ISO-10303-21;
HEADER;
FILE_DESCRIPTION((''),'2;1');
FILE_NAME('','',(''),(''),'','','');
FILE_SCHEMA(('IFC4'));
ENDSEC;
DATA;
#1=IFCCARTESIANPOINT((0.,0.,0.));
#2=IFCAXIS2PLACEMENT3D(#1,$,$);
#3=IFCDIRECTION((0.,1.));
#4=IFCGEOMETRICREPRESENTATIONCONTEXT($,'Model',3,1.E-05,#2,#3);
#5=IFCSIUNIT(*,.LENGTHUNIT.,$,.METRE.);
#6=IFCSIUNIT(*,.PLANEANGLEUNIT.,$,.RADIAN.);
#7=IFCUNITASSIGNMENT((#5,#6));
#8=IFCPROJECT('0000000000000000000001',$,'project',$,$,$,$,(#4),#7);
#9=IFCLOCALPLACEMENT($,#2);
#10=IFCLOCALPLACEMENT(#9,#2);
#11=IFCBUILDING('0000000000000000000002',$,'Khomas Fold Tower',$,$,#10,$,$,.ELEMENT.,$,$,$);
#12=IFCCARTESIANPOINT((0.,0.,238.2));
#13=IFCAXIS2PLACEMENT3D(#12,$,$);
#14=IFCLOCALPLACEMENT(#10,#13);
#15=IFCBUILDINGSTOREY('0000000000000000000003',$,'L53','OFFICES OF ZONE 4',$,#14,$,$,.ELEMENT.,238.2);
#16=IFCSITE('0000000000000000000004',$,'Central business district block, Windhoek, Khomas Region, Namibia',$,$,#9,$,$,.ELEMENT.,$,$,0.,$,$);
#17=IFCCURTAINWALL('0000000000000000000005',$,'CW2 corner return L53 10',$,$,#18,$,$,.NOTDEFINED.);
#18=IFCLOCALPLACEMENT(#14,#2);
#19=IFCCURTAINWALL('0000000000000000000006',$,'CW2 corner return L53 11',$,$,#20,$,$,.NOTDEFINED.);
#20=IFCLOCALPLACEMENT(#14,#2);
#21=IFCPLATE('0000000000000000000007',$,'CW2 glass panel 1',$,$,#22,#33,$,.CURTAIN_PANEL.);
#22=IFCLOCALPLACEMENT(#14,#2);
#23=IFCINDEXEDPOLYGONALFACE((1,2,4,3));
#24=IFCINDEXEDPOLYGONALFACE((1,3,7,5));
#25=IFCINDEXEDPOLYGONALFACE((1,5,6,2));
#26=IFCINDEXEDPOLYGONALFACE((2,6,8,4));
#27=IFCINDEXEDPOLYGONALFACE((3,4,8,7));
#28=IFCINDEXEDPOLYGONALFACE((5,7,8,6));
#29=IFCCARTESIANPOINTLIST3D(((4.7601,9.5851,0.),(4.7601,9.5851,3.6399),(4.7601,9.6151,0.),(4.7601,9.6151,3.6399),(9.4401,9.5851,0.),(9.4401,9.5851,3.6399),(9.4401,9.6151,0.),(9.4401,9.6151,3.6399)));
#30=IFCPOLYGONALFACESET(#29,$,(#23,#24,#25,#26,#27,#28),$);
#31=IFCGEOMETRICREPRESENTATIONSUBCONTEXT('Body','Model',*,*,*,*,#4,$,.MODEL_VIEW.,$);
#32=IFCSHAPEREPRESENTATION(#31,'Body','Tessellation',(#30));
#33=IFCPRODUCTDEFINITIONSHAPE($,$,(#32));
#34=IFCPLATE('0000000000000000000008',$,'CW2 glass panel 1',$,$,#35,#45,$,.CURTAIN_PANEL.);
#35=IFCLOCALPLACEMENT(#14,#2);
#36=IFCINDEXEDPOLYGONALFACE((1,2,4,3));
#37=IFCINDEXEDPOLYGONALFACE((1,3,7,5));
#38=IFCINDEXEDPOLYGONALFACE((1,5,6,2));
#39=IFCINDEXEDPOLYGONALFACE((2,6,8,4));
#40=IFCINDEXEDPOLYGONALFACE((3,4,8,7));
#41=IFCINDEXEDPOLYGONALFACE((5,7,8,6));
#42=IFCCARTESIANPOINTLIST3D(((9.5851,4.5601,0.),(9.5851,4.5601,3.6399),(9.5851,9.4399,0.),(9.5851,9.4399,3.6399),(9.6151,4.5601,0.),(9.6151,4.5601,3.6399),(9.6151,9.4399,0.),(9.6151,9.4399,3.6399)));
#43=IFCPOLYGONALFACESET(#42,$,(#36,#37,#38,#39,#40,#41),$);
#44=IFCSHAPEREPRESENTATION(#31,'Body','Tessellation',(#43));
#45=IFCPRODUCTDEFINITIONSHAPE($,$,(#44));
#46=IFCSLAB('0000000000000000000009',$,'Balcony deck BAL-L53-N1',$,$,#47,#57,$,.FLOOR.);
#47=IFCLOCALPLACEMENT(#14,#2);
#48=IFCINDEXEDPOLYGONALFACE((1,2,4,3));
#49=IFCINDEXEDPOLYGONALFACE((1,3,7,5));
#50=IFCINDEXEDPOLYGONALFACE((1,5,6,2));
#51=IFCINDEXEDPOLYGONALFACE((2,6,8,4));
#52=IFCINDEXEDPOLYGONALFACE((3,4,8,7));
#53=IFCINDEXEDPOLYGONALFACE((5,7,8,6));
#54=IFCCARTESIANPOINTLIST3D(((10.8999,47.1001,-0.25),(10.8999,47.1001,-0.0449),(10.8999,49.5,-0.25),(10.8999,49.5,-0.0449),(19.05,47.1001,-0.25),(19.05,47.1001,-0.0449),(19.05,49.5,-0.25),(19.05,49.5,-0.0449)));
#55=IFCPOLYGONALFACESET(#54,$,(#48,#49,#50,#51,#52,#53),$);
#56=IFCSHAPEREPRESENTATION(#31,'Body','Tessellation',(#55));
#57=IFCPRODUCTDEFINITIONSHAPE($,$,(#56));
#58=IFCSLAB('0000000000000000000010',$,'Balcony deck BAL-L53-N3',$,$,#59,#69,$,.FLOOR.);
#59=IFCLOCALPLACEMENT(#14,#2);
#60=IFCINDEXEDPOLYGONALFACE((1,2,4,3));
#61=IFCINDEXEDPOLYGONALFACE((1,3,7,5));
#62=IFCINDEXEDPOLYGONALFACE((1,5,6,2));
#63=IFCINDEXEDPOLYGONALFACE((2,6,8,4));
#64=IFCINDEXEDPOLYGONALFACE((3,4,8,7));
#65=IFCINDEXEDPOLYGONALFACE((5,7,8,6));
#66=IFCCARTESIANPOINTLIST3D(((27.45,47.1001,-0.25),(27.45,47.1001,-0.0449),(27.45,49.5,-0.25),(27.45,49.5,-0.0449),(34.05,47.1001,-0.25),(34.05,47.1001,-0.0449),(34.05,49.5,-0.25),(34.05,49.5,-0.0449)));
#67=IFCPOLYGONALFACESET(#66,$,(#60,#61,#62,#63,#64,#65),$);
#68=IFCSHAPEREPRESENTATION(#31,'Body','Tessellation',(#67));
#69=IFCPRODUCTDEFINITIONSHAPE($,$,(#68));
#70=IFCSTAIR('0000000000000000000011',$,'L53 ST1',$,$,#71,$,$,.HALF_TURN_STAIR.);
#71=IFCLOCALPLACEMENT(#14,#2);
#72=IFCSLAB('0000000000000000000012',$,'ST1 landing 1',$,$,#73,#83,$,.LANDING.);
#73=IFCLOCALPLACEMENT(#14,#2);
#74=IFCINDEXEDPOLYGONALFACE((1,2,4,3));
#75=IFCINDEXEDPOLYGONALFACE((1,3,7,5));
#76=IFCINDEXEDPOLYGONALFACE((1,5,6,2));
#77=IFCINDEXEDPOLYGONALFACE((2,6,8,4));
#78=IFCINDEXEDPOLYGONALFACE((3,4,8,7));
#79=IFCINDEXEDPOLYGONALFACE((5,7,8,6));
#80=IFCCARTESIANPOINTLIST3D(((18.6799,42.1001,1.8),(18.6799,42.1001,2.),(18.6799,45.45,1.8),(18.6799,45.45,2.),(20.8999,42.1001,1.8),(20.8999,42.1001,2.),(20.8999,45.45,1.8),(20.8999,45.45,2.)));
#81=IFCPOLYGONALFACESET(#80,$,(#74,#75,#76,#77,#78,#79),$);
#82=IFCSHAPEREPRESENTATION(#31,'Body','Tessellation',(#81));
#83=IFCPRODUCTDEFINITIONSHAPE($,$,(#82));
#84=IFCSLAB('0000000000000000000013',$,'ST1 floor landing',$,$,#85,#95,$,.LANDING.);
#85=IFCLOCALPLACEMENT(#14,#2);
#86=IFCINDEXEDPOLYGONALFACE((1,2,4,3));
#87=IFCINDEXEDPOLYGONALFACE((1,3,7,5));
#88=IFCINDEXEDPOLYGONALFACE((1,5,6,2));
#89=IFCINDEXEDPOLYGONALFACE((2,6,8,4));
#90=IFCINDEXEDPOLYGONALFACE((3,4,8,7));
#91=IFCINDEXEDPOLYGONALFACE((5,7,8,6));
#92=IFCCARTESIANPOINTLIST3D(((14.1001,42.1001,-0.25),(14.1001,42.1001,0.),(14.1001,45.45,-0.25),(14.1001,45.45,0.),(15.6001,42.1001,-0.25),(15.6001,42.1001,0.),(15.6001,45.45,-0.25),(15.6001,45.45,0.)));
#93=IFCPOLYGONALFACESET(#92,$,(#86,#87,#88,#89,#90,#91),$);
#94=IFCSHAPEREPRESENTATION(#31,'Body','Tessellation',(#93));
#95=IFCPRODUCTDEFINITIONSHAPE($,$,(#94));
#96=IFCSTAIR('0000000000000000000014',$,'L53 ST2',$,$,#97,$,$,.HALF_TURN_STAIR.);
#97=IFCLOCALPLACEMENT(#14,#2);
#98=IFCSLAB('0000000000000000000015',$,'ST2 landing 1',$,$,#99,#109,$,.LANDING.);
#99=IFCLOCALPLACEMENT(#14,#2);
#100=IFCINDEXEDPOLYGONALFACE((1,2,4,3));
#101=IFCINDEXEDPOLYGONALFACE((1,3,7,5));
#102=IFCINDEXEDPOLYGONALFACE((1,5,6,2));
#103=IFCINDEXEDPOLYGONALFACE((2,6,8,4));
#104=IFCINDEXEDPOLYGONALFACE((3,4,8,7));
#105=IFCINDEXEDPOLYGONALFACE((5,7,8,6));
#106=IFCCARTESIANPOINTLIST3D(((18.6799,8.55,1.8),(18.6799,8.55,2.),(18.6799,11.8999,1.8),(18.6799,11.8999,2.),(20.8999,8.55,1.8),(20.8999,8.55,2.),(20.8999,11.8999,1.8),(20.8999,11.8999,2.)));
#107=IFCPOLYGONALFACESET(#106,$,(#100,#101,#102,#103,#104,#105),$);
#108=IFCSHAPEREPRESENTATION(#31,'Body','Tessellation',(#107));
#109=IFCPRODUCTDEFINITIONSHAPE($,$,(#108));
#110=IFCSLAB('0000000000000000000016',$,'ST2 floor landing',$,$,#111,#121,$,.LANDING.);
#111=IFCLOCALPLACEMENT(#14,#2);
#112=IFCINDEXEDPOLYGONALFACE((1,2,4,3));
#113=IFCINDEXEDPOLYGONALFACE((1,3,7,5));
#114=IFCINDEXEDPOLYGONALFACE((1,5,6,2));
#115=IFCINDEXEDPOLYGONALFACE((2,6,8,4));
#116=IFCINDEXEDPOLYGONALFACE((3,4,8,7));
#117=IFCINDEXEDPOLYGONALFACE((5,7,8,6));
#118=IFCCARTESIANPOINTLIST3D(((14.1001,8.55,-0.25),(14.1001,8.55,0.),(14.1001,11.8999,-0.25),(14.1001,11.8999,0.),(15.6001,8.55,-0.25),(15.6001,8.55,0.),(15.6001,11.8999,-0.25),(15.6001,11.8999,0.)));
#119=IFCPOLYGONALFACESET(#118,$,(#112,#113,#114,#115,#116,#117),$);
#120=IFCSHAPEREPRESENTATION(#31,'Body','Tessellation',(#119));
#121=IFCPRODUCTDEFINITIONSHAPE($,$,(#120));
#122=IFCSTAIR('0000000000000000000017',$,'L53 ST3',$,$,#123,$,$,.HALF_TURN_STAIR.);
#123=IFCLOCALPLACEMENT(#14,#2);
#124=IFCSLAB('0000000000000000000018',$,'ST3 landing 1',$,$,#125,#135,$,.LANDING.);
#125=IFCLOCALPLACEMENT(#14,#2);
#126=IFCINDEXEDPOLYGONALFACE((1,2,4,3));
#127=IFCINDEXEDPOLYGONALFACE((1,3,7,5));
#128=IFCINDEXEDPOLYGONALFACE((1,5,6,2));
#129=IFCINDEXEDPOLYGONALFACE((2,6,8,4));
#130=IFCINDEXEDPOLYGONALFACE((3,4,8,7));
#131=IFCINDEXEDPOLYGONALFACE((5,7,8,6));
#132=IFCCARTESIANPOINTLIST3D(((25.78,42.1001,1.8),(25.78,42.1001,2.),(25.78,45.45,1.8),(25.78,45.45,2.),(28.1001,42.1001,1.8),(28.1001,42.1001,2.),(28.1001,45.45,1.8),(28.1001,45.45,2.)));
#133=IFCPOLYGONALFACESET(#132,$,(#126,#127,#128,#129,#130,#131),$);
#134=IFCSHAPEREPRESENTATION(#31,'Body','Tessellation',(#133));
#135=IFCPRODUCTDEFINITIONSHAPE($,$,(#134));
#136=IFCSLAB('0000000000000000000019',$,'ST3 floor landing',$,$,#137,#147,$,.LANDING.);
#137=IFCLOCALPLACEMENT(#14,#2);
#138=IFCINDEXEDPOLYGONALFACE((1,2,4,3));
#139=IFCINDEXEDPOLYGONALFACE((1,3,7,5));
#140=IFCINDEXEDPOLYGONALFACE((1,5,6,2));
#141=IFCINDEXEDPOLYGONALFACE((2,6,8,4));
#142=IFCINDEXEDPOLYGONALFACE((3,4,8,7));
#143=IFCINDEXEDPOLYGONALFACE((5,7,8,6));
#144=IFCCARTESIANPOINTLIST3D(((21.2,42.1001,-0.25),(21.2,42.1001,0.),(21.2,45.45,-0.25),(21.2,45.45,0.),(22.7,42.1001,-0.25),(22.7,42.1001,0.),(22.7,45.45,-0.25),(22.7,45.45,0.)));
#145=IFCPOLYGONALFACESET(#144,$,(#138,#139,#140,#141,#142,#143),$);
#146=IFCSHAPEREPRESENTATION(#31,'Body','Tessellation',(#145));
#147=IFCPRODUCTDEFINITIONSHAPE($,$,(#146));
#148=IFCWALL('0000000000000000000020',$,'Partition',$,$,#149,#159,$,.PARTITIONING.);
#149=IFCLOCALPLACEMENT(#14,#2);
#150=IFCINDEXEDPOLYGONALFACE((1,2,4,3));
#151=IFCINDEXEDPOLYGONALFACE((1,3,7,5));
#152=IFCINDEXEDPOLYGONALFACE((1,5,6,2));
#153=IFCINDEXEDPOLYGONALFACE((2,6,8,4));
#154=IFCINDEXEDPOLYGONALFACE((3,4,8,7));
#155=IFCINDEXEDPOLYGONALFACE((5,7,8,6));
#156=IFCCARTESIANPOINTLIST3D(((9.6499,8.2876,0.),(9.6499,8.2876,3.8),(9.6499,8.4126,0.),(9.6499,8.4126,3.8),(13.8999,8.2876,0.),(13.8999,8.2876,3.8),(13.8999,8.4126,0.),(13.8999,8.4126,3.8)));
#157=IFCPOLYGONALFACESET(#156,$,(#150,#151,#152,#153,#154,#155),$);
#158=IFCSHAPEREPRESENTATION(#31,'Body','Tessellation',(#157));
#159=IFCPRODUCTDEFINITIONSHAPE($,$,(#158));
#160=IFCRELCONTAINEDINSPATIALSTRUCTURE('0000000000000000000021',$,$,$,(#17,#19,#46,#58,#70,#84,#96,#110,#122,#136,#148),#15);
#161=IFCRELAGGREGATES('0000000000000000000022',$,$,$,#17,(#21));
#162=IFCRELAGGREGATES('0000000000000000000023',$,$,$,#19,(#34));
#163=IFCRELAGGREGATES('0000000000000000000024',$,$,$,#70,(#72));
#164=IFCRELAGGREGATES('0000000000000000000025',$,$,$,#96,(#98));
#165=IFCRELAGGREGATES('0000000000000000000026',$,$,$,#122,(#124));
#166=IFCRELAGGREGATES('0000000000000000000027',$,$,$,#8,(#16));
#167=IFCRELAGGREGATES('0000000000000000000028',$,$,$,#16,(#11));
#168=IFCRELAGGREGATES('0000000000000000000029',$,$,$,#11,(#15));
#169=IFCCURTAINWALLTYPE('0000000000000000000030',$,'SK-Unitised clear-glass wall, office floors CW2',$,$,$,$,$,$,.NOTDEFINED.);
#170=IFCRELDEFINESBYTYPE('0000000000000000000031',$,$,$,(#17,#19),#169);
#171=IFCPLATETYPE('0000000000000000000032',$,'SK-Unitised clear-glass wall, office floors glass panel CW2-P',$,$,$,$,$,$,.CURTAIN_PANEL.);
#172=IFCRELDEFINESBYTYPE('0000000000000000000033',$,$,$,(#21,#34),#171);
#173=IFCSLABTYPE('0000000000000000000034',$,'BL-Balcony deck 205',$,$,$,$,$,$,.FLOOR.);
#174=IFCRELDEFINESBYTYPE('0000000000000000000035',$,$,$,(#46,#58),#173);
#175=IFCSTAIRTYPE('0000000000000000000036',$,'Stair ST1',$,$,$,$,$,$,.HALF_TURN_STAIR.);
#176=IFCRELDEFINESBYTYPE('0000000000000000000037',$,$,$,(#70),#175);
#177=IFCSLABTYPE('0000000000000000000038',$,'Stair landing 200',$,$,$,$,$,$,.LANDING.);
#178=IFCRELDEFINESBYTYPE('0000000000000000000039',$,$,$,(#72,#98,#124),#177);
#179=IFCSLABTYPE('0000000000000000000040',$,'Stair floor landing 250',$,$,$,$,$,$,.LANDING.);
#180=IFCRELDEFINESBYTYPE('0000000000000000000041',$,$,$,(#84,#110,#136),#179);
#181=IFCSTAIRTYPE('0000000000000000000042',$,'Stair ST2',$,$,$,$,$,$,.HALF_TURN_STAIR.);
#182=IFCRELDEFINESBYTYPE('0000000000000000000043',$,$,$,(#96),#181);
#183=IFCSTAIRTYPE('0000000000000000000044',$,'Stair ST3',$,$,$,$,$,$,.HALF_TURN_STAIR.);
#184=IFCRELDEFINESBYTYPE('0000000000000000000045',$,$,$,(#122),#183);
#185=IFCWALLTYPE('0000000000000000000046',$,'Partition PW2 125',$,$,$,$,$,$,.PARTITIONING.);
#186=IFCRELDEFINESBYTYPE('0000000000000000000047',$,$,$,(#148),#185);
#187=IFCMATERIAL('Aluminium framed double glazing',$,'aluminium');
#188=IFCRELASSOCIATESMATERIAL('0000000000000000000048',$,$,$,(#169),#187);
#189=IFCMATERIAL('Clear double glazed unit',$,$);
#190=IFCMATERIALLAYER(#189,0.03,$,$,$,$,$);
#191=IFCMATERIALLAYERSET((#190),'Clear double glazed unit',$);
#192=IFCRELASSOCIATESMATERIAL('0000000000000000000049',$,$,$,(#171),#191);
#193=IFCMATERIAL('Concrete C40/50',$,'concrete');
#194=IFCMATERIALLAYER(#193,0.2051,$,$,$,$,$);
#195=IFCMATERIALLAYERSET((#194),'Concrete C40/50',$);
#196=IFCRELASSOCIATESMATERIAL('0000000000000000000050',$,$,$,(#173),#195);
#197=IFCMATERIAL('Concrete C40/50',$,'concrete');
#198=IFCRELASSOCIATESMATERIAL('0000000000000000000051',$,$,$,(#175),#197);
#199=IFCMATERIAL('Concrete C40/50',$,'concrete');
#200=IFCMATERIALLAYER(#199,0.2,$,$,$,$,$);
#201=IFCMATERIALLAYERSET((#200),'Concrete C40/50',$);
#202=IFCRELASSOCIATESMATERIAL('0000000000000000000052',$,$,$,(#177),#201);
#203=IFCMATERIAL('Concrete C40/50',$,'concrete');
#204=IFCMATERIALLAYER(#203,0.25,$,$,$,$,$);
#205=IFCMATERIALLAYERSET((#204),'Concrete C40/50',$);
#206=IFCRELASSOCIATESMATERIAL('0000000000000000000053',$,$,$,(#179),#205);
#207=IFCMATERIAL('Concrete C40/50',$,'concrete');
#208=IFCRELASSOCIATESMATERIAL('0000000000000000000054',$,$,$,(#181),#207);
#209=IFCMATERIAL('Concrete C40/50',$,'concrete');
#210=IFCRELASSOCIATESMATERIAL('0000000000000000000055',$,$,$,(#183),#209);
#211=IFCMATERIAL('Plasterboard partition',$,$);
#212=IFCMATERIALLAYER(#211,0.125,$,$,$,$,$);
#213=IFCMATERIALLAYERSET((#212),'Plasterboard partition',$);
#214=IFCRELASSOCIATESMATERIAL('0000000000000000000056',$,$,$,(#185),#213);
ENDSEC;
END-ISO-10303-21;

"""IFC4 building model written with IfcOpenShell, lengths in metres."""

from ifc_helpers import new_model, si_unit, direction, frame, frame_2d, origin, origin_2d, place, context, subcontext, project, spatial, polyline, rectangle, outline, extrude, source, transform, mapped, material, layer, layer_set, type_object, element, aggregate, save


model = new_model("IFC4")

# Units and contexts
model_context = context("Model", 3, precision=1e-05, world=origin(), true_north=direction((0.0, 1.0)))
body_context = subcontext(model_context, "Body", "Model", "MODEL_VIEW")
ifc_project = project(units=[si_unit("LENGTHUNIT", "METRE"), si_unit("PLANEANGLEUNIT", "RADIAN")], contexts=[model_context])

# Site, building, storey
site_placement = place(None, origin())
site = spatial("IfcSite", under=ifc_project, at=site_placement, Name="Central business district block, Windhoek, Khomas Region, Namibia", CompositionType="ELEMENT", RefElevation=0.0)
building_placement = place(site_placement, origin())
building = spatial("IfcBuilding", under=site, at=building_placement, Name="Khomas Fold Tower", CompositionType="ELEMENT")
storey_placement = place(building_placement, frame((0.0, 0.0, 238.2)))
storey = spatial("IfcBuildingStorey", under=building, at=storey_placement, Name="L53", Description="OFFICES OF ZONE 4", CompositionType="ELEMENT", Elevation=238.2)

# Shared definitions
ifc_material_1 = material(Name="Aluminium framed double glazing", Category="aluminium")
curtain_wall_type = type_object("IfcCurtainWallType", Name="SK-Unitised clear-glass wall, office floors CW2", PredefinedType="NOTDEFINED", material=ifc_material_1)

# Curtain walls
curtain_wall_1_placement = place(storey_placement, origin())
curtain_wall_1 = element("IfcCurtainWall", 1, at=curtain_wall_1_placement, inside=storey, type_object=curtain_wall_type, Name="CW2 corner return L53 10", PredefinedType="NOTDEFINED")
curtain_wall_2_placement = place(storey_placement, origin())
curtain_wall_2 = element("IfcCurtainWall", 2, at=curtain_wall_2_placement, inside=storey, type_object=curtain_wall_type, Name="CW2 corner return L53 11", PredefinedType="NOTDEFINED")

# Plates
ifc_material_2 = material(Name="Clear double glazed unit")
ifc_layer_1 = layer(ifc_material_2, 0.03)
ifc_layer_set_1 = layer_set([ifc_layer_1], Name="Clear double glazed unit")
plate_type = type_object("IfcPlateType", Name="SK-Unitised clear-glass wall, office floors glass panel CW2-P", PredefinedType="CURTAIN_PANEL", material=ifc_layer_set_1)
shared_shape_1 = source(origin(), body_context, "Body", "SweptSolid", [
    extrude(rectangle(XDim=4.6799, YDim=0.03, at=origin_2d()), origin(), (0.0, 0.0, 1.0), 3.6399),
])
plate_1_placement = place(storey_placement, frame((7.1001, 9.6001, 0.0), z_axis=(0.0, 0.0, 1.0), x_axis=(1.0, 0.0, 0.0)))
plate_1 = element("IfcPlate", 3, at=plate_1_placement, type_object=plate_type, Name="CW2 glass panel 1", PredefinedType="CURTAIN_PANEL", context=body_context, shape_type="MappedRepresentation", body=[
    mapped(shared_shape_1, transform((0.0, 0.0, 0.0))),
])
aggregate(curtain_wall_1, [plate_1])
shared_shape_2 = source(origin(), body_context, "Body", "SweptSolid", [
    extrude(rectangle(XDim=4.8799, YDim=0.03, at=origin_2d()), origin(), (0.0, 0.0, 1.0), 3.6399),
])
plate_2_placement = place(storey_placement, frame((9.6001, 7.0, 0.0), z_axis=(0.0, 0.0, 1.0), x_axis=(0.0, -1.0, 0.0)))
plate_2 = element("IfcPlate", 4, at=plate_2_placement, type_object=plate_type, Name="CW2 glass panel 1", PredefinedType="CURTAIN_PANEL", context=body_context, shape_type="MappedRepresentation", body=[
    mapped(shared_shape_2, transform((0.0, 0.0, 0.0))),
])
aggregate(curtain_wall_2, [plate_2])

# Slabs
ifc_material_3 = material(Name="Concrete C40/50", Category="concrete")
ifc_layer_2 = layer(ifc_material_3, 0.2051)
ifc_layer_set_2 = layer_set([ifc_layer_2], Name="Concrete C40/50")
slab_type_1 = type_object("IfcSlabType", Name="BL-Balcony deck 205", PredefinedType="FLOOR", material=ifc_layer_set_2)
shared_shape_3 = source(origin(), body_context, "Body", "SweptSolid", [
    extrude(outline(polyline([(10.8999, 47.1001), (19.05, 47.1001), (19.05, 49.5), (10.8999, 49.5), (10.8999, 47.1001)])), origin(), (0.0, 0.0, 1.0), 0.2051),
])
slab_1_placement = place(storey_placement, frame((0.0, 0.0, -0.25)))
element("IfcSlab", 5, at=slab_1_placement, inside=storey, type_object=slab_type_1, Name="Balcony deck BAL-L53-N1", PredefinedType="FLOOR", context=body_context, shape_type="MappedRepresentation", body=[
    mapped(shared_shape_3, transform((0.0, 0.0, 0.0))),
])
shared_shape_4 = source(origin(), body_context, "Body", "SweptSolid", [
    extrude(outline(polyline([(27.45, 47.1001), (34.05, 47.1001), (34.05, 49.5), (27.45, 49.5), (27.45, 47.1001)])), origin(), (0.0, 0.0, 1.0), 0.2051),
])
slab_2_placement = place(storey_placement, frame((0.0, 0.0, -0.25)))
element("IfcSlab", 6, at=slab_2_placement, inside=storey, type_object=slab_type_1, Name="Balcony deck BAL-L53-N3", PredefinedType="FLOOR", context=body_context, shape_type="MappedRepresentation", body=[
    mapped(shared_shape_4, transform((0.0, 0.0, 0.0))),
])

# Stair, slab
ifc_material_4 = material(Name="Concrete C40/50", Category="concrete")
stair_type_1 = type_object("IfcStairType", Name="Stair ST1", PredefinedType="HALF_TURN_STAIR", material=ifc_material_4)
stair_1_placement = place(storey_placement, origin())
stair_1 = element("IfcStair", 7, at=stair_1_placement, inside=storey, type_object=stair_type_1, Name="L53 ST1", PredefinedType="HALF_TURN_STAIR")
ifc_material_5 = material(Name="Concrete C40/50", Category="concrete")
ifc_layer_3 = layer(ifc_material_5, 0.2)
ifc_layer_set_3 = layer_set([ifc_layer_3], Name="Concrete C40/50")
slab_type_2 = type_object("IfcSlabType", Name="Stair landing 200", PredefinedType="LANDING", material=ifc_layer_set_3)
shared_shape_5 = source(origin(), body_context, "Body", "SweptSolid", [
    extrude(outline(polyline([(18.6799, 42.1001), (20.8999, 42.1001), (20.8999, 45.45), (18.6799, 45.45), (18.6799, 42.1001)])), origin(), (0.0, 0.0, 1.0), 0.2),
])
slab_3_placement = place(storey_placement, frame((0.0, 0.0, 1.8)))
slab_3 = element("IfcSlab", 8, at=slab_3_placement, type_object=slab_type_2, Name="ST1 landing 1", PredefinedType="LANDING", context=body_context, shape_type="MappedRepresentation", body=[
    mapped(shared_shape_5, transform((0.0, 0.0, 0.0))),
])
aggregate(stair_1, [slab_3])

# Slab
ifc_material_6 = material(Name="Concrete C40/50", Category="concrete")
ifc_layer_4 = layer(ifc_material_6, 0.25)
ifc_layer_set_4 = layer_set([ifc_layer_4], Name="Concrete C40/50")
slab_type_3 = type_object("IfcSlabType", Name="Stair floor landing 250", PredefinedType="LANDING", material=ifc_layer_set_4)
shared_shape_6 = source(origin(), body_context, "Body", "SweptSolid", [
    extrude(outline(polyline([(15.6001, 42.1001), (14.1001, 42.1001), (14.1001, 45.45), (15.6001, 45.45), (15.6001, 42.1001)])), origin(), (0.0, 0.0, 1.0), 0.25),
])
slab_4_placement = place(storey_placement, frame((0.0, 0.0, -0.25)))
element("IfcSlab", 9, at=slab_4_placement, inside=storey, type_object=slab_type_3, Name="ST1 floor landing", PredefinedType="LANDING", context=body_context, shape_type="MappedRepresentation", body=[
    mapped(shared_shape_6, transform((0.0, 0.0, 0.0))),
])

# Stair, slab
ifc_material_7 = material(Name="Concrete C40/50", Category="concrete")
stair_type_2 = type_object("IfcStairType", Name="Stair ST2", PredefinedType="HALF_TURN_STAIR", material=ifc_material_7)
stair_2_placement = place(storey_placement, origin())
stair_2 = element("IfcStair", 10, at=stair_2_placement, inside=storey, type_object=stair_type_2, Name="L53 ST2", PredefinedType="HALF_TURN_STAIR")
shared_shape_7 = source(origin(), body_context, "Body", "SweptSolid", [
    extrude(outline(polyline([(18.6799, 8.55), (20.8999, 8.55), (20.8999, 11.8999), (18.6799, 11.8999), (18.6799, 8.55)])), origin(), (0.0, 0.0, 1.0), 0.2),
])
slab_5_placement = place(storey_placement, frame((0.0, 0.0, 1.8)))
slab_5 = element("IfcSlab", 11, at=slab_5_placement, type_object=slab_type_2, Name="ST2 landing 1", PredefinedType="LANDING", context=body_context, shape_type="MappedRepresentation", body=[
    mapped(shared_shape_7, transform((0.0, 0.0, 0.0))),
])
aggregate(stair_2, [slab_5])

# Slab
shared_shape_8 = source(origin(), body_context, "Body", "SweptSolid", [
    extrude(outline(polyline([(15.6001, 8.55), (14.1001, 8.55), (14.1001, 11.8999), (15.6001, 11.8999), (15.6001, 8.55)])), origin(), (0.0, 0.0, 1.0), 0.25),
])
slab_6_placement = place(storey_placement, frame((0.0, 0.0, -0.25)))
element("IfcSlab", 12, at=slab_6_placement, inside=storey, type_object=slab_type_3, Name="ST2 floor landing", PredefinedType="LANDING", context=body_context, shape_type="MappedRepresentation", body=[
    mapped(shared_shape_8, transform((0.0, 0.0, 0.0))),
])

# Stair, slab
ifc_material_8 = material(Name="Concrete C40/50", Category="concrete")
stair_type_3 = type_object("IfcStairType", Name="Stair ST3", PredefinedType="HALF_TURN_STAIR", material=ifc_material_8)
stair_3_placement = place(storey_placement, origin())
stair_3 = element("IfcStair", 13, at=stair_3_placement, inside=storey, type_object=stair_type_3, Name="L53 ST3", PredefinedType="HALF_TURN_STAIR")
shared_shape_9 = source(origin(), body_context, "Body", "SweptSolid", [
    extrude(outline(polyline([(25.78, 42.1001), (28.1001, 42.1001), (28.1001, 45.45), (25.78, 45.45), (25.78, 42.1001)])), origin(), (0.0, 0.0, 1.0), 0.2),
])
slab_7_placement = place(storey_placement, frame((0.0, 0.0, 1.8)))
slab_7 = element("IfcSlab", 14, at=slab_7_placement, type_object=slab_type_2, Name="ST3 landing 1", PredefinedType="LANDING", context=body_context, shape_type="MappedRepresentation", body=[
    mapped(shared_shape_9, transform((0.0, 0.0, 0.0))),
])
aggregate(stair_3, [slab_7])

# Slab
shared_shape_10 = source(origin(), body_context, "Body", "SweptSolid", [
    extrude(outline(polyline([(22.7, 42.1001), (21.2, 42.1001), (21.2, 45.45), (22.7, 45.45), (22.7, 42.1001)])), origin(), (0.0, 0.0, 1.0), 0.25),
])
slab_8_placement = place(storey_placement, frame((0.0, 0.0, -0.25)))
element("IfcSlab", 15, at=slab_8_placement, inside=storey, type_object=slab_type_3, Name="ST3 floor landing", PredefinedType="LANDING", context=body_context, shape_type="MappedRepresentation", body=[
    mapped(shared_shape_10, transform((0.0, 0.0, 0.0))),
])

# Wall
ifc_material_9 = material(Name="Plasterboard partition")
ifc_layer_5 = layer(ifc_material_9, 0.125)
ifc_layer_set_5 = layer_set([ifc_layer_5], Name="Plasterboard partition")
wall_type = type_object("IfcWallType", Name="Partition PW2 125", PredefinedType="PARTITIONING", material=ifc_layer_set_5)
shared_shape_11 = source(origin(), body_context, "Body", "SweptSolid", [
    extrude(rectangle(XDim=4.25, YDim=0.125, at=frame_2d((2.125, 0.0))), origin(), (0.0, 0.0, 1.0), 3.8),
])
wall_placement = place(storey_placement, frame((9.6499, 8.3501, 0.0), z_axis=(0.0, 0.0, 1.0), x_axis=(1.0, 0.0, 0.0)))
element("IfcWall", 16, at=wall_placement, inside=storey, type_object=wall_type, Name="Partition", PredefinedType="PARTITIONING", context=body_context, shape_type="MappedRepresentation", body=[
    mapped(shared_shape_11, transform((0.0, 0.0, 0.0))),
])

save(model, "model.ifc")
